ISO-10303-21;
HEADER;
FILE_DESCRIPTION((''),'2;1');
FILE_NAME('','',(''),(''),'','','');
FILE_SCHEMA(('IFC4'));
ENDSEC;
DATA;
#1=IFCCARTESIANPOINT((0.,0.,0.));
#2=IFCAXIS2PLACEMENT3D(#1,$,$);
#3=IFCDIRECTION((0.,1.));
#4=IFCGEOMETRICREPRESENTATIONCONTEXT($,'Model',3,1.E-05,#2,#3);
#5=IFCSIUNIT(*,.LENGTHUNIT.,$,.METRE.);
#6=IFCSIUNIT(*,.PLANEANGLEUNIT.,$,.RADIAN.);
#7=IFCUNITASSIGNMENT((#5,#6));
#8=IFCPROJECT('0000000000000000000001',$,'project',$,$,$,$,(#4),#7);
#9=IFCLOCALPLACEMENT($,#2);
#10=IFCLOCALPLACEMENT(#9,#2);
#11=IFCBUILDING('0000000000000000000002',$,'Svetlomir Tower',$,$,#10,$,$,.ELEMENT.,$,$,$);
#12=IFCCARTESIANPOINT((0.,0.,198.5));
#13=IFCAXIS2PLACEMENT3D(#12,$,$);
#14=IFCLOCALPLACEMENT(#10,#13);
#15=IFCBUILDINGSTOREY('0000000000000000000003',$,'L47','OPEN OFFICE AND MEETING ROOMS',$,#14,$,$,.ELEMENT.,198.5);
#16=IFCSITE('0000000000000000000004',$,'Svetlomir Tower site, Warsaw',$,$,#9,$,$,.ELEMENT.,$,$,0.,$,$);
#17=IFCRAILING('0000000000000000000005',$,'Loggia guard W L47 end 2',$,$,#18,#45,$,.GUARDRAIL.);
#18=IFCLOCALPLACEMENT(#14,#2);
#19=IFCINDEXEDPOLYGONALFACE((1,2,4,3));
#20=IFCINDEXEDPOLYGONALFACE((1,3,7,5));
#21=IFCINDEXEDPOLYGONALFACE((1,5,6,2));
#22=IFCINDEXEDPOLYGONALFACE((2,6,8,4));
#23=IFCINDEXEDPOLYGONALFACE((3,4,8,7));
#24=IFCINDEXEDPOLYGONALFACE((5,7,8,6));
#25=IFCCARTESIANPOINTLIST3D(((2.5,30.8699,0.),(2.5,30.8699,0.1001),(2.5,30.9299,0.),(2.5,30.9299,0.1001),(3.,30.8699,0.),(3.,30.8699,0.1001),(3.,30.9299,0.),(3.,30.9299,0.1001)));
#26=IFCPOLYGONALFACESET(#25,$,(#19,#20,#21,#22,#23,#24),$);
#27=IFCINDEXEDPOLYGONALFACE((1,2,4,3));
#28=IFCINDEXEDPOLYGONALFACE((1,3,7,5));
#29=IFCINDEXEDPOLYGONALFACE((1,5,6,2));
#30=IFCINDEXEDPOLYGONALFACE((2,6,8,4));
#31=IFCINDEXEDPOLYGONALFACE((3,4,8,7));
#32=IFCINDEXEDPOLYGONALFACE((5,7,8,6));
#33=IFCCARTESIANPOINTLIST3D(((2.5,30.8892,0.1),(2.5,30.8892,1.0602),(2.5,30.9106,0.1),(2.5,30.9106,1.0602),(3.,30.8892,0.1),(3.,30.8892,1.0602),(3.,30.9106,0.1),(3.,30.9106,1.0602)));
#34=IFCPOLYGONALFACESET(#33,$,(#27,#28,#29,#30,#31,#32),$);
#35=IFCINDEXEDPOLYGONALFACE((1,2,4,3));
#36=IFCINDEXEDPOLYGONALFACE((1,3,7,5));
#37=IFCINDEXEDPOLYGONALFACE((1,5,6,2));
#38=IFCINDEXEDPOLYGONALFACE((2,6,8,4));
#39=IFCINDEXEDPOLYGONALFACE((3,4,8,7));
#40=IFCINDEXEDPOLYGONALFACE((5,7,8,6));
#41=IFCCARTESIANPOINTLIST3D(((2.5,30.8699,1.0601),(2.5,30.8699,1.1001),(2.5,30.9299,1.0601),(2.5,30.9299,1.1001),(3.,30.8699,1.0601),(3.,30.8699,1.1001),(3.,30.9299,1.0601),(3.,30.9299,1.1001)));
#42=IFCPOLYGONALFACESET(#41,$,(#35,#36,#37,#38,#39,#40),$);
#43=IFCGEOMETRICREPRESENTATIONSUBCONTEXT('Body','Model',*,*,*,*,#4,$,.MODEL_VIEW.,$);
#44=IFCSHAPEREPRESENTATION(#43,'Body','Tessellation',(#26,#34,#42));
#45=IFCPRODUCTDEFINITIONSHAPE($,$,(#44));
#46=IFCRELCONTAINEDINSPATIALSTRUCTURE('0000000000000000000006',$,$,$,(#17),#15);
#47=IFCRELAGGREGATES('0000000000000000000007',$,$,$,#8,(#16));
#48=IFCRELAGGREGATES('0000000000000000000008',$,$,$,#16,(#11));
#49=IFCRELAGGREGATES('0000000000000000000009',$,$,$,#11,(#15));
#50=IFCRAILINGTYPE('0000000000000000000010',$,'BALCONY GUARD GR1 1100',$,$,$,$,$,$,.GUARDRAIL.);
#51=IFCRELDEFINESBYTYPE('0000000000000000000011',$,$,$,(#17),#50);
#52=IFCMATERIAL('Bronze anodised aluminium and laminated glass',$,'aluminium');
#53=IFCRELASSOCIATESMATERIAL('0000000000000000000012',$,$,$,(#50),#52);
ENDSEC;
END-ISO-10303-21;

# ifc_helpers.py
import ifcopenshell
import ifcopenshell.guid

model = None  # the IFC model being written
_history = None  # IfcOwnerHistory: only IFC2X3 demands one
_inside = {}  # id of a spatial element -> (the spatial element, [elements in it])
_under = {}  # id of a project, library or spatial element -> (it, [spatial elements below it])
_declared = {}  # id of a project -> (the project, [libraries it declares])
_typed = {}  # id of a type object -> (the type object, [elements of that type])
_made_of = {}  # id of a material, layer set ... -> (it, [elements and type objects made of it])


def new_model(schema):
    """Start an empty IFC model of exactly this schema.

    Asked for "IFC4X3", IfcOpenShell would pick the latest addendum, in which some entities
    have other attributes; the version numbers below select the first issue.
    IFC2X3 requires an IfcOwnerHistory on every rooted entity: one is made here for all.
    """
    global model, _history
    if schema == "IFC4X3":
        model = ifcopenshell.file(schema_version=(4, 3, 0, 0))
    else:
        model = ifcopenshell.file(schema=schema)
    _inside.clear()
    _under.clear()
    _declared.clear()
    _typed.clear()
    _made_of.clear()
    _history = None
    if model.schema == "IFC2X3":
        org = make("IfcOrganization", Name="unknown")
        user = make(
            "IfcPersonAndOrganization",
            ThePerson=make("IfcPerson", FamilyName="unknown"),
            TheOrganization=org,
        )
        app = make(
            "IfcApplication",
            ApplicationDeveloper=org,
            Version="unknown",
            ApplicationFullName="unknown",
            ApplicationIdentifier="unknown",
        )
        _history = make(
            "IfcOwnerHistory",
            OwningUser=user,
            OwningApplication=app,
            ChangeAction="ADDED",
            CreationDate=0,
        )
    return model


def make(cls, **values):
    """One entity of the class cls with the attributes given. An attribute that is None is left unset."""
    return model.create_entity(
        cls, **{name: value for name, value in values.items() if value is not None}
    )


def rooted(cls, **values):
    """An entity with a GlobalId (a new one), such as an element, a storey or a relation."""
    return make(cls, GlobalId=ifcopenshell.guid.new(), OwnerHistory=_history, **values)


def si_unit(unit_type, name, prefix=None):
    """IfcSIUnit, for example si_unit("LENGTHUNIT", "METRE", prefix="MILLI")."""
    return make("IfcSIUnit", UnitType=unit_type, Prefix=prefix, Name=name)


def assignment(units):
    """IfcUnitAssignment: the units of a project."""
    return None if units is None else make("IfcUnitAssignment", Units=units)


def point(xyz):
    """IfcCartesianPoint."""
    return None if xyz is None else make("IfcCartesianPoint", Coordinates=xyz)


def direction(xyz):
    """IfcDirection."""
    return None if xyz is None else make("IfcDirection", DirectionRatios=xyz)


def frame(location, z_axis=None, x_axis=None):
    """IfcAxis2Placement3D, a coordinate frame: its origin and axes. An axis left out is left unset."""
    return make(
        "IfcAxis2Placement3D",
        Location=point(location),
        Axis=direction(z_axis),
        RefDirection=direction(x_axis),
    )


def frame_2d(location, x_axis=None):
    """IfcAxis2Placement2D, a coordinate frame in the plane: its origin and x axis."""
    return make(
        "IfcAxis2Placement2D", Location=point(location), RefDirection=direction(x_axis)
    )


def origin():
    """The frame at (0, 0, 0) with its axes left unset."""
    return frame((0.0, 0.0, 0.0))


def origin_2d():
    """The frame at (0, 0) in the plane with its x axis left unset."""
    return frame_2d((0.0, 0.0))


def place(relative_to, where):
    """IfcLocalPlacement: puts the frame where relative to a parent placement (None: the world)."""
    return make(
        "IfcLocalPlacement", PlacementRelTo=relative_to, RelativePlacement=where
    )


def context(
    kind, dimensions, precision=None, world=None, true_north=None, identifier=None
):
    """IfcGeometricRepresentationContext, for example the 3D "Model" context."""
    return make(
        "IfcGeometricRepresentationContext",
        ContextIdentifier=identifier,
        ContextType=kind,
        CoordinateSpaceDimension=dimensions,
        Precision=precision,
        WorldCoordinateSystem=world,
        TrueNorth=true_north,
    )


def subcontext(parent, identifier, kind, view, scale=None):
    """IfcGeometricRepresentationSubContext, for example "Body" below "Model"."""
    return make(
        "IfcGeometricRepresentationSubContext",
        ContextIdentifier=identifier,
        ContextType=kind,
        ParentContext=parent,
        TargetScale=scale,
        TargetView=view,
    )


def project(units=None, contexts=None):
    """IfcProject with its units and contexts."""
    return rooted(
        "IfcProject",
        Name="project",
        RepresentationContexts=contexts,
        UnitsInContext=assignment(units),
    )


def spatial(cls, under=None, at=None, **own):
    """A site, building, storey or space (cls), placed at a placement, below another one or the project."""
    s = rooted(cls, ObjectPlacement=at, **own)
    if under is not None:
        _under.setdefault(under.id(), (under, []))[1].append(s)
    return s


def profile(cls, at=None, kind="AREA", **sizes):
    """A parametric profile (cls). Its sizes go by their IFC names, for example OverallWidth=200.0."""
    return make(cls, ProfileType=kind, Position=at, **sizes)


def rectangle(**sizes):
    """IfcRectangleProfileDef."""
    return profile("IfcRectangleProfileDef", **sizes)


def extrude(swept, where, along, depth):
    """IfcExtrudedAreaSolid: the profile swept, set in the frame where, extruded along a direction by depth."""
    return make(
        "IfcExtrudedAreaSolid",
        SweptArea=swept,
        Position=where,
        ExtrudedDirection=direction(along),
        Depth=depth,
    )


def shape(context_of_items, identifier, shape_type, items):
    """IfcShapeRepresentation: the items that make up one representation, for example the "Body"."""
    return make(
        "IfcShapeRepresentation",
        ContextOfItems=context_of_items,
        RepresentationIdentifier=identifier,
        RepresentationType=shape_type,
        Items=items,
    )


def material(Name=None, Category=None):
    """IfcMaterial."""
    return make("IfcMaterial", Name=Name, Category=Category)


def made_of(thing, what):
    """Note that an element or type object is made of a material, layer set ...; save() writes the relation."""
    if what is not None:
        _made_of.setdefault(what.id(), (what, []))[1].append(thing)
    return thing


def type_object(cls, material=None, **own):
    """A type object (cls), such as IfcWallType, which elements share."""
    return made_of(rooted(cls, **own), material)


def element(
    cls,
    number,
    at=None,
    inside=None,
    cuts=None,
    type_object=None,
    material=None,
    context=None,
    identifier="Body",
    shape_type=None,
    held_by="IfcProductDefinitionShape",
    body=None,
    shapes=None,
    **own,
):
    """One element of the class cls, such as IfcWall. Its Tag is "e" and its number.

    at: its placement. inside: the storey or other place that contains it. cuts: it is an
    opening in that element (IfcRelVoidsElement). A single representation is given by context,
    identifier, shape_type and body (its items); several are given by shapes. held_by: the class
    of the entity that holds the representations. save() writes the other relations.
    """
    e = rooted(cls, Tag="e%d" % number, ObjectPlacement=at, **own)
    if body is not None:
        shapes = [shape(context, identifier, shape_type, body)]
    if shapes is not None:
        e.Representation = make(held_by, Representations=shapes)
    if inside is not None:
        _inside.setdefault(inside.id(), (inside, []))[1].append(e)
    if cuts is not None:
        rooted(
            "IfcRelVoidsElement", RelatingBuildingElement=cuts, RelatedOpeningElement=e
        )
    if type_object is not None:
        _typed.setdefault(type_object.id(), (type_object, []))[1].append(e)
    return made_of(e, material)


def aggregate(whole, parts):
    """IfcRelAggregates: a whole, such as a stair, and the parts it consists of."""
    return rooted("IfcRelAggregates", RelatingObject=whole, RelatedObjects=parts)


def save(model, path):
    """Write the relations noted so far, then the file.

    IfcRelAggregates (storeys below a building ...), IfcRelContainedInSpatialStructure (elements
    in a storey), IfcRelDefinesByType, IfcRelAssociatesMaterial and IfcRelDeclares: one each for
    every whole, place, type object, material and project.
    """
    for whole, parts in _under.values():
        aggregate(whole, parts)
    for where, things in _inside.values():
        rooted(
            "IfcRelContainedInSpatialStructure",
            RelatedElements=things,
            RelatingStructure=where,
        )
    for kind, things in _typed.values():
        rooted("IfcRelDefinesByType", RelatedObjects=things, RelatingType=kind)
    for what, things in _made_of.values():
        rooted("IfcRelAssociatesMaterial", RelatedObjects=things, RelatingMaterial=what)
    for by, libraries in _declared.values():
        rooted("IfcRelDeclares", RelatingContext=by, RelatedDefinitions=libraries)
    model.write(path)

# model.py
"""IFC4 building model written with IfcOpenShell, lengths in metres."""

from ifc_helpers import new_model, si_unit, direction, frame, origin, origin_2d, place, context, subcontext, project, spatial, rectangle, extrude, material, type_object, element, save


model = new_model("IFC4")

# Units and contexts
model_context = context("Model", 3, precision=1e-05, world=origin(), true_north=direction((0.0, 1.0)))
body_context = subcontext(model_context, "Body", "Model", "MODEL_VIEW")
ifc_project = project(units=[si_unit("LENGTHUNIT", "METRE"), si_unit("PLANEANGLEUNIT", "RADIAN")], contexts=[model_context])

# Site, building, storey
site_placement = place(None, origin())
site = spatial("IfcSite", under=ifc_project, at=site_placement, Name="Svetlomir Tower site, Warsaw", CompositionType="ELEMENT", RefElevation=0.0)
building_placement = place(site_placement, origin())
building = spatial("IfcBuilding", under=site, at=building_placement, Name="Svetlomir Tower", CompositionType="ELEMENT")
storey_placement = place(building_placement, frame((0.0, 0.0, 198.5)))
storey = spatial("IfcBuildingStorey", under=building, at=storey_placement, Name="L47", Description="OPEN OFFICE AND MEETING ROOMS", CompositionType="ELEMENT", Elevation=198.5)

# Railing
ifc_material_1 = material(Name="Bronze anodised aluminium and laminated glass", Category="aluminium")
railing_type = type_object("IfcRailingType", Name="BALCONY GUARD GR1 1100", PredefinedType="GUARDRAIL", material=ifc_material_1)
railing_1_placement = place(storey_placement, frame((2.5, 30.8999, 0.0)))
element("IfcRailing", 1, at=railing_1_placement, inside=storey, type_object=railing_type, Name="Loggia guard W L47 end 2", PredefinedType="GUARDRAIL", context=body_context, shape_type="SweptSolid", body=[
    extrude(rectangle(XDim=0.0601, YDim=0.1001, at=origin_2d()), frame((0.0, 0.0, 0.05), z_axis=(1.0, 0.0, 0.0), x_axis=(0.0, 1.0, 0.0)), (0.0, 0.0, 1.0), 0.5),
    extrude(rectangle(XDim=0.0215, YDim=0.9602, at=origin_2d()), frame((0.0, 0.0, 0.5801), z_axis=(1.0, 0.0, 0.0), x_axis=(0.0, 1.0, 0.0)), (0.0, 0.0, 1.0), 0.5),
    extrude(rectangle(XDim=0.0601, YDim=0.04, at=origin_2d()), frame((0.0, 0.0, 1.0801), z_axis=(1.0, 0.0, 0.0), x_axis=(0.0, 1.0, 0.0)), (0.0, 0.0, 1.0), 0.5),
])

save(model, "model.ifc")
